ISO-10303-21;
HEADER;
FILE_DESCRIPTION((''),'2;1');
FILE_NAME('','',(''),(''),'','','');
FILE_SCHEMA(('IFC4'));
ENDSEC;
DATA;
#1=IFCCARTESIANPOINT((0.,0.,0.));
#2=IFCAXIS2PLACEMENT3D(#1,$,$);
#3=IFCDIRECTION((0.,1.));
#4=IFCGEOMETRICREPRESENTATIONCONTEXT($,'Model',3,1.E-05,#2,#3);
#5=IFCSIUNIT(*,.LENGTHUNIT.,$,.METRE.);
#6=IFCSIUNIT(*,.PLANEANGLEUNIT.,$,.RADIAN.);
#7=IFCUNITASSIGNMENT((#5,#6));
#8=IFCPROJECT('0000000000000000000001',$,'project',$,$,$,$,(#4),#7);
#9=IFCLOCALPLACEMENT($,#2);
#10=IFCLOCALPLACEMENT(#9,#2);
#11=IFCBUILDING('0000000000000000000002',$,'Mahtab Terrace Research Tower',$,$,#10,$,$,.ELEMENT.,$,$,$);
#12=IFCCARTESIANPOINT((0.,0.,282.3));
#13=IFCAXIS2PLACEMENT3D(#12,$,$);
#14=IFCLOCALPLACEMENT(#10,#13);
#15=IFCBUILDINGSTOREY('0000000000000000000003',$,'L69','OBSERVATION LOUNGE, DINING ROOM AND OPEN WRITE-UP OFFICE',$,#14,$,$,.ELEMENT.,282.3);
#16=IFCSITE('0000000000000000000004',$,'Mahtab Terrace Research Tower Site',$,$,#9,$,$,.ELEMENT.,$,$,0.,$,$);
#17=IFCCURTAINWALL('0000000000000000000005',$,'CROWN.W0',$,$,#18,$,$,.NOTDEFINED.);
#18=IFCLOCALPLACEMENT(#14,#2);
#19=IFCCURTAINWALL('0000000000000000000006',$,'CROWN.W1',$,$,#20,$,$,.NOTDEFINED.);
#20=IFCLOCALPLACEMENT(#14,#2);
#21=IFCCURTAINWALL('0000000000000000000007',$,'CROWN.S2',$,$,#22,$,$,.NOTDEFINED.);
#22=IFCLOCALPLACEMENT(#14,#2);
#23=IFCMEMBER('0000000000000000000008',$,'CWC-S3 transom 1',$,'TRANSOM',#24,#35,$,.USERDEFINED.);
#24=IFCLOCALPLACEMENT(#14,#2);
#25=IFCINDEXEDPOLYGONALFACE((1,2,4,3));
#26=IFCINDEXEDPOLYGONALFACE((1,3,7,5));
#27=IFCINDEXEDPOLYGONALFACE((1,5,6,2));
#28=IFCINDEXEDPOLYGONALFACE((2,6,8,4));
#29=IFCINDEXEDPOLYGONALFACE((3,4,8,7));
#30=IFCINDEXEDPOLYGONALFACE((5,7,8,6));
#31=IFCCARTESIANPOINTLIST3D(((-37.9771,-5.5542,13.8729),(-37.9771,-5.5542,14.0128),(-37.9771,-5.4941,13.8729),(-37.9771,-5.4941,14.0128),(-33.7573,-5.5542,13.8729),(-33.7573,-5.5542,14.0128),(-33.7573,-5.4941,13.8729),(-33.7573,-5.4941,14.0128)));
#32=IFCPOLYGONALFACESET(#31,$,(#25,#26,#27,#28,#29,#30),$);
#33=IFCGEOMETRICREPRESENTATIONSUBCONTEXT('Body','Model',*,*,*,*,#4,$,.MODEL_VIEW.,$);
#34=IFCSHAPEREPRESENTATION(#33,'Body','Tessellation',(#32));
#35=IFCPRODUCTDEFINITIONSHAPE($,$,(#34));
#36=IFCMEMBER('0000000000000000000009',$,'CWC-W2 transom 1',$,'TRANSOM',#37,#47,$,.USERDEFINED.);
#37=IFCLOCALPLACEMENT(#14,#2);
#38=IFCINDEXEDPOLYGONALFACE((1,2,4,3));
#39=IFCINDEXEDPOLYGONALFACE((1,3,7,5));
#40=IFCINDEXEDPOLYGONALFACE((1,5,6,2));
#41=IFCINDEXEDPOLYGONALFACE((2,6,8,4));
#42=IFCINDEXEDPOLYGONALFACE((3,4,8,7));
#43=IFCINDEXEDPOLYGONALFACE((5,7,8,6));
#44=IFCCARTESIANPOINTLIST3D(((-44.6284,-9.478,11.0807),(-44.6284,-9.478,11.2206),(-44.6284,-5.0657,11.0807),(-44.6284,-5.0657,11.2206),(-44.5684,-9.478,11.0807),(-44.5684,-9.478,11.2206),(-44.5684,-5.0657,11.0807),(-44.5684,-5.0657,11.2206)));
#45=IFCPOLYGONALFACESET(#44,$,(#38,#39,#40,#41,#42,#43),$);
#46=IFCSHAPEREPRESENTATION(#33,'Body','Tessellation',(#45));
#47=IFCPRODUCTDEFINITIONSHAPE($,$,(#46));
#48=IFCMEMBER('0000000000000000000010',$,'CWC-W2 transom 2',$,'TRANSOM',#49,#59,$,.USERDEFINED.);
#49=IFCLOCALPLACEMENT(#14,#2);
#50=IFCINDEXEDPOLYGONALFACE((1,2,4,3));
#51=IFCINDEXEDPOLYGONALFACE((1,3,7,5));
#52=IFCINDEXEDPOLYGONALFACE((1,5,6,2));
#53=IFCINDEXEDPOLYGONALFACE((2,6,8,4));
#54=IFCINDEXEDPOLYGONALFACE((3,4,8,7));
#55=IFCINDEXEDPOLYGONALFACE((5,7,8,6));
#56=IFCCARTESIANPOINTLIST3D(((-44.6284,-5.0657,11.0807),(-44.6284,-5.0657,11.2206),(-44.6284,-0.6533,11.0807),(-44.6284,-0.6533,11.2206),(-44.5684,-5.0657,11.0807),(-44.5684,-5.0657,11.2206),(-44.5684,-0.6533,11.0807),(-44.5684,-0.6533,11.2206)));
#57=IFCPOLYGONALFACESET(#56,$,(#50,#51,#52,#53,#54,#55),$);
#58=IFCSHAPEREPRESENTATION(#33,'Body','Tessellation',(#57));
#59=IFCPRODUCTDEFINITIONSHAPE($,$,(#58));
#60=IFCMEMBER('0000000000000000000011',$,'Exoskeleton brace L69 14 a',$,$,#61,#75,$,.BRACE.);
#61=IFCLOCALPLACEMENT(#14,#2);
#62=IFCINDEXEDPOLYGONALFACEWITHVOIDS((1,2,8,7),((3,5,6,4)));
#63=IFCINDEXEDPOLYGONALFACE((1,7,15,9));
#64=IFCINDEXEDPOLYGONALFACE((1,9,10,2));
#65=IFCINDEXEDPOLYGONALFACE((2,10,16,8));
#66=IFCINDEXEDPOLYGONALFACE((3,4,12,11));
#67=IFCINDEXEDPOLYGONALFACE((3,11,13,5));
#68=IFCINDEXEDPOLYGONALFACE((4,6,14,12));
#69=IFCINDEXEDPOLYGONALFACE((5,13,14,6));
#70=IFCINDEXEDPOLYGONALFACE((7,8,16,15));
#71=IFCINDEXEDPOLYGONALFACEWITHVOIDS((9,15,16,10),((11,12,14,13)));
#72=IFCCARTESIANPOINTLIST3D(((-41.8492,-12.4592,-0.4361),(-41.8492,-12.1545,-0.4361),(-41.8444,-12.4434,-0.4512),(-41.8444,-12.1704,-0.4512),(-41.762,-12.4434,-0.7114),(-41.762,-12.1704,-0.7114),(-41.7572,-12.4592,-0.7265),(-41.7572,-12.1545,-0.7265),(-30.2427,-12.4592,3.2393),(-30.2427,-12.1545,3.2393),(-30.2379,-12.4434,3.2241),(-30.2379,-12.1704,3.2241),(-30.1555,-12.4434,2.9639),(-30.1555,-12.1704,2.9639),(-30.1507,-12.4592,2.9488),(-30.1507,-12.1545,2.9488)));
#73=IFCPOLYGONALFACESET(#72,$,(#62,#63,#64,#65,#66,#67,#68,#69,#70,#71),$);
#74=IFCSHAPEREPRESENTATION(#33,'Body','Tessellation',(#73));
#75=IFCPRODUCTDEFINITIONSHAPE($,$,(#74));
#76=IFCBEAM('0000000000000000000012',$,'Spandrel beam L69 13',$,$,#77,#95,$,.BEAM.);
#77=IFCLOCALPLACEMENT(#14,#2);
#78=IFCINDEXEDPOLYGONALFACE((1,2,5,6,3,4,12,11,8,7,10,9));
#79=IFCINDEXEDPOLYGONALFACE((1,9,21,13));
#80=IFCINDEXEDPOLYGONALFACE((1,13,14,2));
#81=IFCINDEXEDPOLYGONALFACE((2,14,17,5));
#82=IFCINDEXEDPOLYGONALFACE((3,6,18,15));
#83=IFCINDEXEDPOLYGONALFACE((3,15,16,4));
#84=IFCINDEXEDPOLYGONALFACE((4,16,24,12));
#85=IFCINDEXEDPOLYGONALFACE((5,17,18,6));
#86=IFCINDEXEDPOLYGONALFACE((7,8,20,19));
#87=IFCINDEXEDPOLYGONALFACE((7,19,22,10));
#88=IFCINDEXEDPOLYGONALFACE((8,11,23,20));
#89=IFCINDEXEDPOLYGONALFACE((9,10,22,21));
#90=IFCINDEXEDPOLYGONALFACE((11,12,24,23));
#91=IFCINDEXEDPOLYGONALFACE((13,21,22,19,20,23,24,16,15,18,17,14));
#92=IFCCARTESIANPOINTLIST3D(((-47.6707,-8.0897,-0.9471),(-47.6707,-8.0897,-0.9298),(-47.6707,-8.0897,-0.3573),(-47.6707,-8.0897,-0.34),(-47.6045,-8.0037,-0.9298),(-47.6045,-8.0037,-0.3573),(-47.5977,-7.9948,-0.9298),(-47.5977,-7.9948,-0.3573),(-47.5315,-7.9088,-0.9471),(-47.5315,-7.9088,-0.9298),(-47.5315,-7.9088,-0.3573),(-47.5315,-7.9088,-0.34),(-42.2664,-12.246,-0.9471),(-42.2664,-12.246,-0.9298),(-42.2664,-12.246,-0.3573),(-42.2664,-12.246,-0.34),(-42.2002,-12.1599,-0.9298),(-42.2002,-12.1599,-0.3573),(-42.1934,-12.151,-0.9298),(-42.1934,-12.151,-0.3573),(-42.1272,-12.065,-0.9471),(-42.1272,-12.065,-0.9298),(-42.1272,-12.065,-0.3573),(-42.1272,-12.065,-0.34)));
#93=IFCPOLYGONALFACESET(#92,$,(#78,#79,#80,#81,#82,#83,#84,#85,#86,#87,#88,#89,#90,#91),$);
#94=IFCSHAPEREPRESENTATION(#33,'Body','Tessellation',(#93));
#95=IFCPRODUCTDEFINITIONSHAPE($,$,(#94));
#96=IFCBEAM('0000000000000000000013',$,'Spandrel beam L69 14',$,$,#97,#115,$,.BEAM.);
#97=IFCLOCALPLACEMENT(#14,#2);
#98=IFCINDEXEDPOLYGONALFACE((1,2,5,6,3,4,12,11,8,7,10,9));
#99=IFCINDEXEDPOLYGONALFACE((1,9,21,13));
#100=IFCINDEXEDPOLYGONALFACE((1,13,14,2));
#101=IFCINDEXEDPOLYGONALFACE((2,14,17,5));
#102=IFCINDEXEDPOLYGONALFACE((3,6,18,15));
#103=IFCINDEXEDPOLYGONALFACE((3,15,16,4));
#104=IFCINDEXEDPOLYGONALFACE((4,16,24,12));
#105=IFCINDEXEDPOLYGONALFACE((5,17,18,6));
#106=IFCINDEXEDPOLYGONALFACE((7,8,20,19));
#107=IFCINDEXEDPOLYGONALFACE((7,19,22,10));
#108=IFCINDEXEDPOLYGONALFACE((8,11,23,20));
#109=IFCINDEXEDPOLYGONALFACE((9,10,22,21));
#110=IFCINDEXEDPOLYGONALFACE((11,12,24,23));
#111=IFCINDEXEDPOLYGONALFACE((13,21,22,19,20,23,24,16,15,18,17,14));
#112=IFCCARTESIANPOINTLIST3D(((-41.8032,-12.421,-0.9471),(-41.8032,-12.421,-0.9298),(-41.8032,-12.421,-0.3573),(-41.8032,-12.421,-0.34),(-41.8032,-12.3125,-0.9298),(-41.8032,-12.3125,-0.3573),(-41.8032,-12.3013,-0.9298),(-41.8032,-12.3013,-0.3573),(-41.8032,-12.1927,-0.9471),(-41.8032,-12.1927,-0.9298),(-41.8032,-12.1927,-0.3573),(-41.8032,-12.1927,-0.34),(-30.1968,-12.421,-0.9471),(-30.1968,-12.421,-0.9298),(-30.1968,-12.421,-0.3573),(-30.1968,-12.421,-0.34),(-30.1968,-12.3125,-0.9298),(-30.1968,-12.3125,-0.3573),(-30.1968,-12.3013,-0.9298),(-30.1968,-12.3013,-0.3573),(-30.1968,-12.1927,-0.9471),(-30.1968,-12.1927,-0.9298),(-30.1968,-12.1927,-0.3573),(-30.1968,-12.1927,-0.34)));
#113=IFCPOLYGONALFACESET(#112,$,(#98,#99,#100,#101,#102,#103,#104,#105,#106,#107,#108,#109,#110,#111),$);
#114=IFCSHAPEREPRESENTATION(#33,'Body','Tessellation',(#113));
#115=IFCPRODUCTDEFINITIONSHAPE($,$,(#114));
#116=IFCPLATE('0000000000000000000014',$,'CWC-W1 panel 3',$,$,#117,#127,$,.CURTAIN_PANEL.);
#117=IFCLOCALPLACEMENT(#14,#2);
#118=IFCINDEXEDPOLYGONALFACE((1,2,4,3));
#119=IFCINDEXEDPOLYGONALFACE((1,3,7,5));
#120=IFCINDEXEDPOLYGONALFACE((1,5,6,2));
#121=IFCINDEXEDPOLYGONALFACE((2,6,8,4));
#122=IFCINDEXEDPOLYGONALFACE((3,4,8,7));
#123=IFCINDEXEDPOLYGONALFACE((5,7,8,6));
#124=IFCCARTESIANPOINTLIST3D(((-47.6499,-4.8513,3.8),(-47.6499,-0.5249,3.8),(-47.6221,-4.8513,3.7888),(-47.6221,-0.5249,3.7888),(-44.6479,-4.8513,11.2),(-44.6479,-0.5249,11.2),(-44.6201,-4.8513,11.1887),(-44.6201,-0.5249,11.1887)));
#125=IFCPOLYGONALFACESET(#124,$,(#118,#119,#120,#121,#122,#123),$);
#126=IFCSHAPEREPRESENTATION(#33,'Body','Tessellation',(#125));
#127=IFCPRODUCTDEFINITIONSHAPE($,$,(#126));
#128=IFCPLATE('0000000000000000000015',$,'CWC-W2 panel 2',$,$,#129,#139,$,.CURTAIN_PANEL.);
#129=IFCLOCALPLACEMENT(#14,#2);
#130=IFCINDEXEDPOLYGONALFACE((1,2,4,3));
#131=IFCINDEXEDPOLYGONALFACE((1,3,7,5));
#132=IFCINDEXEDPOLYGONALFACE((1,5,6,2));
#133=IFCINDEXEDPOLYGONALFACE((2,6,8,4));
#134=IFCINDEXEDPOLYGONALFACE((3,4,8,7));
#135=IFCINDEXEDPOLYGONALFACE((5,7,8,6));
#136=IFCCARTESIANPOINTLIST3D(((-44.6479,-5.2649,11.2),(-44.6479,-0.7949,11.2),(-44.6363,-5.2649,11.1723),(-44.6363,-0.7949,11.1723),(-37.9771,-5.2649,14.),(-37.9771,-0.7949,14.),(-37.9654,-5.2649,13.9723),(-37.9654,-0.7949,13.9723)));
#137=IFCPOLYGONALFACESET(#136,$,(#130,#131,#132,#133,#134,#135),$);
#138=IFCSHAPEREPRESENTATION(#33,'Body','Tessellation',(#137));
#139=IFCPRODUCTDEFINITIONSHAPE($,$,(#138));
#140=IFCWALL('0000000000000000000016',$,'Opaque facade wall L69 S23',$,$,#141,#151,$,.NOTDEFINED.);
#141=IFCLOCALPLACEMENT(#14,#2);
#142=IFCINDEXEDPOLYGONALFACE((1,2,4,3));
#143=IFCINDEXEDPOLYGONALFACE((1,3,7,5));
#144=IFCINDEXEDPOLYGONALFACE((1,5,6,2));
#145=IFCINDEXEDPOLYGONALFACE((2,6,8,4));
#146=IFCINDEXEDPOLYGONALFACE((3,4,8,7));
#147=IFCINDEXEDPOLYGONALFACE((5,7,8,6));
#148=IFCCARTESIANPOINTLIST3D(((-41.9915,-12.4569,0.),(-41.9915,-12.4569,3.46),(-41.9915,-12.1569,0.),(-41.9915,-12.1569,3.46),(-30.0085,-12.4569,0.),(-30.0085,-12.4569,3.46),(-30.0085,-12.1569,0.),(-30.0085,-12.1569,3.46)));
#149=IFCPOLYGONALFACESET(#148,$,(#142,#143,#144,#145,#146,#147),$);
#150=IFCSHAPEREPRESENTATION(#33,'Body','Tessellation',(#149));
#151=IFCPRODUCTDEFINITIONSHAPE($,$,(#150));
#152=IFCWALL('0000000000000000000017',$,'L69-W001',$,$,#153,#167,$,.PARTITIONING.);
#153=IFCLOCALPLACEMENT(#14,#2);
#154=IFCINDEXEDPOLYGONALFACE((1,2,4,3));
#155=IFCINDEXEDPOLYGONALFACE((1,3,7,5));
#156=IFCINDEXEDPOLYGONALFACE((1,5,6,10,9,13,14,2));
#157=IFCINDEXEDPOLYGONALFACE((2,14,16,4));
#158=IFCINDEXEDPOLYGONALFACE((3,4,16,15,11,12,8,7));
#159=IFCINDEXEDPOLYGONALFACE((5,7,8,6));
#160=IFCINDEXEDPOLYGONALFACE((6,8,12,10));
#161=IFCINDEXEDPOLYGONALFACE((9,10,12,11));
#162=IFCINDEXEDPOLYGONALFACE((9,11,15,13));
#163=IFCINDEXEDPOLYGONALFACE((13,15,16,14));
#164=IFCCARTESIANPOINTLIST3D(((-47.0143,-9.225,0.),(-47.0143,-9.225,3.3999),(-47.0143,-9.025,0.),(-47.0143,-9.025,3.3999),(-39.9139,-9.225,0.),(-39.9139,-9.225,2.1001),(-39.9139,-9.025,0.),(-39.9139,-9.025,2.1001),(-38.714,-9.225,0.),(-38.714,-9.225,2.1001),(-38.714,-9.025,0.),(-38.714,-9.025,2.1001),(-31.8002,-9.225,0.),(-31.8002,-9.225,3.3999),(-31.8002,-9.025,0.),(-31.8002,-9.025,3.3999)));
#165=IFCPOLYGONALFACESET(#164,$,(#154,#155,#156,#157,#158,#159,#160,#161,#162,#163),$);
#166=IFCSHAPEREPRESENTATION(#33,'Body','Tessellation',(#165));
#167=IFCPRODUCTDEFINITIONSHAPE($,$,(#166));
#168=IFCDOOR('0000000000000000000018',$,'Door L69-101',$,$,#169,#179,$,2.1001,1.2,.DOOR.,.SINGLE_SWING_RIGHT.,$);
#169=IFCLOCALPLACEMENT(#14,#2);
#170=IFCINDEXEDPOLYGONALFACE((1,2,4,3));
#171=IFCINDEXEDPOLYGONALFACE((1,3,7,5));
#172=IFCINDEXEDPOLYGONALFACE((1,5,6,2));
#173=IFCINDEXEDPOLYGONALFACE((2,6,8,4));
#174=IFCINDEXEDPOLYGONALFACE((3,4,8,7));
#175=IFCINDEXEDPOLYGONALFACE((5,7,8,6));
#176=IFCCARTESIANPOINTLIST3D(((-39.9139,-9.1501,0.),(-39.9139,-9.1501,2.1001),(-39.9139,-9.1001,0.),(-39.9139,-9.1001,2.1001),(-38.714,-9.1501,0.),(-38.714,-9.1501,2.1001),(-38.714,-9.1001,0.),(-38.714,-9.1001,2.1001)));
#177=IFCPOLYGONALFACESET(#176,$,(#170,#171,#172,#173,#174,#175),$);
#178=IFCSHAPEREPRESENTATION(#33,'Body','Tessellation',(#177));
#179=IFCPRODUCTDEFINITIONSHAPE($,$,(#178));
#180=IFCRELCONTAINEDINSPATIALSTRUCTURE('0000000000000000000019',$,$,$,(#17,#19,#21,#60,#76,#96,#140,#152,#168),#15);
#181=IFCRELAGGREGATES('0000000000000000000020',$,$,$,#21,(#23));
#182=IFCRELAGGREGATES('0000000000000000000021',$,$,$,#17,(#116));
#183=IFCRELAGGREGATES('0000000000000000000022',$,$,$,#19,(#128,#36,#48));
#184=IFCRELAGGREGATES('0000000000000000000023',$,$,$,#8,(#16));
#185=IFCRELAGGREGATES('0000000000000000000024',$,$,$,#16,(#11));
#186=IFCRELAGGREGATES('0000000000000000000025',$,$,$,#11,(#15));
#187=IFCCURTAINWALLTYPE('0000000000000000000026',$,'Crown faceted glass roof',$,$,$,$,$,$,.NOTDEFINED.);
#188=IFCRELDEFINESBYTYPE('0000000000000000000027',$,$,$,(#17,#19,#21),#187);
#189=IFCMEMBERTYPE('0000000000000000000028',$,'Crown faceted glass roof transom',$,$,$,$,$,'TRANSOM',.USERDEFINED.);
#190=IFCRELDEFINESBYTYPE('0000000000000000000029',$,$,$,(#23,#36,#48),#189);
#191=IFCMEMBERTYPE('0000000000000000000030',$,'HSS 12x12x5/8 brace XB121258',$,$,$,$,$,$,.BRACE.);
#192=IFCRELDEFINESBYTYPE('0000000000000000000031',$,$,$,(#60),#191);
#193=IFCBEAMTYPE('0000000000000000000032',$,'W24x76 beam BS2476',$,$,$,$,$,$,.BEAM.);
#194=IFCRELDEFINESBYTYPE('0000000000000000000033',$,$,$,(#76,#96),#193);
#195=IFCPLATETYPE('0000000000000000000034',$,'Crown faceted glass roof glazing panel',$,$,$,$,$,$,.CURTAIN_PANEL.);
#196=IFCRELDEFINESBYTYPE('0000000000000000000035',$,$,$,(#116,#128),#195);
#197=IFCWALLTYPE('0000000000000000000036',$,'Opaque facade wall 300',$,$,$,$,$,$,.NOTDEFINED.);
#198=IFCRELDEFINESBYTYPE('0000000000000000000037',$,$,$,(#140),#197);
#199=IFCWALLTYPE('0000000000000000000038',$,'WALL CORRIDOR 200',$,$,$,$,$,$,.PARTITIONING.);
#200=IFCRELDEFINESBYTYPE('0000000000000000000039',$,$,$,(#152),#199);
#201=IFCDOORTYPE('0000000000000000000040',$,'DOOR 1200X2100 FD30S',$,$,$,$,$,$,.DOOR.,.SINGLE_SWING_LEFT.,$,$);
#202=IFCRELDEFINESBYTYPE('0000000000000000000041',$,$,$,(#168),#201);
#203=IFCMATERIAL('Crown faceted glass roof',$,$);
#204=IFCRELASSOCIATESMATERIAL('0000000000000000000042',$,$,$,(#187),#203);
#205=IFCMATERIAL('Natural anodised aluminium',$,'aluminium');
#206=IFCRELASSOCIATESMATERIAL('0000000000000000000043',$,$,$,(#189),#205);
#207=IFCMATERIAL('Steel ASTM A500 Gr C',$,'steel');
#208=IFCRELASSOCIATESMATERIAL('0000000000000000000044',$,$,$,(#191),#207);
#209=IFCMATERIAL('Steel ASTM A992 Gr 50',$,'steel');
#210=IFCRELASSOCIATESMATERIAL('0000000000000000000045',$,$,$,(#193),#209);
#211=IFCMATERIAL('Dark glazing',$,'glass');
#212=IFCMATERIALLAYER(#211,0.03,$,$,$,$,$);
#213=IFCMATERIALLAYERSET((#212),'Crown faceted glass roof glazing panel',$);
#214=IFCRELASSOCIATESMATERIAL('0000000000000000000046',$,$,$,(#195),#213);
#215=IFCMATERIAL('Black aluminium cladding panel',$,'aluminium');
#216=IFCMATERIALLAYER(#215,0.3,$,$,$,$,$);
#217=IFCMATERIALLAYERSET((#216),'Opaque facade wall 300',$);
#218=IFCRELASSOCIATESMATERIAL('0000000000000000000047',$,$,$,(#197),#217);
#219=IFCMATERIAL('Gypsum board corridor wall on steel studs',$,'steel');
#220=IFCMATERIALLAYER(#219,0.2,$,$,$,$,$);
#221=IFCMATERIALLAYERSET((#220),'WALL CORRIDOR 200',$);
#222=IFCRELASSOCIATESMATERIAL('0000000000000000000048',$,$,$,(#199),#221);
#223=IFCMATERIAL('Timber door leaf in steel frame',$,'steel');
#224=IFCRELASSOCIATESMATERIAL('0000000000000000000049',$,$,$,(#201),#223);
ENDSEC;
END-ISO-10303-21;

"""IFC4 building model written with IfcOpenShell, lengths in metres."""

from ifc_helpers import new_model, si_unit, direction, frame, frame_2d, origin, origin_2d, place, context, subcontext, project, spatial, polyline, rectangle, hollow_rectangle, i_section, outline, extrude, material, layer, layer_set, material_profile, profile_set, type_object, element, fill, aggregate, save


model = new_model("IFC4")

# Units and contexts
model_context = context("Model", 3, precision=1e-05, world=origin(), true_north=direction((0.0, 1.0)))
body_context = subcontext(model_context, "Body", "Model", "MODEL_VIEW")
ifc_project = project(units=[si_unit("LENGTHUNIT", "METRE"), si_unit("PLANEANGLEUNIT", "RADIAN")], contexts=[model_context])

# Site, building, storey
site_placement = place(None, origin())
site = spatial("IfcSite", under=ifc_project, at=site_placement, Name="Mahtab Terrace Research Tower Site", CompositionType="ELEMENT", RefElevation=0.0)
building_placement = place(site_placement, origin())
building = spatial("IfcBuilding", under=site, at=building_placement, Name="Mahtab Terrace Research Tower", CompositionType="ELEMENT")
storey_placement = place(building_placement, frame((0.0, 0.0, 282.3)))
storey = spatial("IfcBuildingStorey", under=building, at=storey_placement, Name="L69", Description="OBSERVATION LOUNGE, DINING ROOM AND OPEN WRITE-UP OFFICE", CompositionType="ELEMENT", Elevation=282.3)

# Shared definitions
ifc_material_1 = material(Name="Steel ASTM A992 Gr 50", Category="steel")

# Curtain wall
ifc_material_2 = material(Name="Crown faceted glass roof")
curtain_wall_type = type_object("IfcCurtainWallType", Name="Crown faceted glass roof", PredefinedType="NOTDEFINED", material=ifc_material_2)
ifc_material_3 = material(Name="Natural anodised aluminium", Category="aluminium")
curtain_wall_1_placement = place(storey_placement, origin())
curtain_wall_1 = element("IfcCurtainWall", 1, at=curtain_wall_1_placement, inside=storey, type_object=curtain_wall_type, Name="CROWN.W0", PredefinedType="NOTDEFINED")

# Curtain wall
curtain_wall_2_placement = place(storey_placement, origin())
curtain_wall_2 = element("IfcCurtainWall", 2, at=curtain_wall_2_placement, inside=storey, type_object=curtain_wall_type, Name="CROWN.W1", PredefinedType="NOTDEFINED")

# Curtain wall
curtain_wall_3_placement = place(storey_placement, origin())
curtain_wall_3 = element("IfcCurtainWall", 3, at=curtain_wall_3_placement, inside=storey, type_object=curtain_wall_type, Name="CROWN.S2", PredefinedType="NOTDEFINED")

# Members
ifc_material_profile_1 = material_profile(ifc_material_3, rectangle(XDim=0.0601, YDim=0.1399, at=origin_2d()), Name="TRANSOM 60x140")
ifc_profile_set_1 = profile_set([ifc_material_profile_1], Name="Natural anodised aluminium")
member_type_1 = type_object("IfcMemberType", Name="Crown faceted glass roof transom", ElementType="TRANSOM", PredefinedType="USERDEFINED", material=ifc_profile_set_1)
member_1_placement = place(storey_placement, frame((-37.9771, -5.5242, 13.9429), z_axis=(1.0, 0.0, 0.0), x_axis=(0.0, 1.0, 0.0)))
member_1 = element("IfcMember", 4, at=member_1_placement, type_object=member_type_1, Name="CWC-S3 transom 1", ObjectType="TRANSOM", PredefinedType="USERDEFINED", context=body_context, shape_type="SweptSolid", body=[
    extrude(rectangle(XDim=0.0601, YDim=0.1399, at=origin_2d()), origin(), (0.0, 0.0, 1.0), 4.2197),
])
aggregate(curtain_wall_3, [member_1])
member_2_placement = place(storey_placement, frame((-44.5984, -9.478, 11.1506), z_axis=(0.0, 1.0, 0.0), x_axis=(-1.0, 0.0, 0.0)))
member_2 = element("IfcMember", 5, at=member_2_placement, type_object=member_type_1, Name="CWC-W2 transom 1", ObjectType="TRANSOM", PredefinedType="USERDEFINED", context=body_context, shape_type="SweptSolid", body=[
    extrude(rectangle(XDim=0.0601, YDim=0.1399, at=origin_2d()), origin(), (0.0, 0.0, 1.0), 4.4124),
])
member_3_placement = place(storey_placement, frame((-44.5984, -5.0657, 11.1506), z_axis=(0.0, 1.0, 0.0), x_axis=(-1.0, 0.0, 0.0)))
member_3 = element("IfcMember", 6, at=member_3_placement, type_object=member_type_1, Name="CWC-W2 transom 2", ObjectType="TRANSOM", PredefinedType="USERDEFINED", context=body_context, shape_type="SweptSolid", body=[
    extrude(rectangle(XDim=0.0601, YDim=0.1399, at=origin_2d()), origin(), (0.0, 0.0, 1.0), 4.4124),
])
ifc_material_4 = material(Name="Steel ASTM A500 Gr C", Category="steel")
ifc_material_profile_2 = material_profile(ifc_material_4, hollow_rectangle(XDim=0.3047, YDim=0.3047, WallThickness=0.0159, at=origin_2d()), Name="HSS12X12X5/8")
ifc_profile_set_2 = profile_set([ifc_material_profile_2], Name="Steel ASTM A500 Gr C")
member_type_2 = type_object("IfcMemberType", Name="HSS 12x12x5/8 brace XB121258", PredefinedType="BRACE", material=ifc_profile_set_2)
member_4_placement = place(storey_placement, frame((-41.8032, -12.3069, -0.5813), z_axis=(0.953344, 0.0, 0.301886), x_axis=(0.0, 1.0, 0.0)))
element("IfcMember", 7, at=member_4_placement, inside=storey, type_object=member_type_2, Name="Exoskeleton brace L69 14 a", PredefinedType="BRACE", context=body_context, shape_type="SweptSolid", body=[
    extrude(hollow_rectangle(XDim=0.3047, YDim=0.3047, WallThickness=0.0159, at=origin_2d()), origin(), (0.0, 0.0, 1.0), 12.1746),
])

# Beams
ifc_material_profile_3 = material_profile(ifc_material_1, i_section(OverallWidth=0.2283, OverallDepth=0.6072, WebThickness=0.0112, FlangeThickness=0.0173, at=origin_2d()), Name="W24X76")
ifc_profile_set_3 = profile_set([ifc_material_profile_3], Name="Steel ASTM A992 Gr 50")
beam_type = type_object("IfcBeamType", Name="W24x76 beam BS2476", PredefinedType="BEAM", material=ifc_profile_set_3)
beam_1_placement = place(storey_placement, frame((-47.6011, -7.9993, -0.6436), z_axis=(0.792688, -0.609628, 0.0), x_axis=(0.609628, 0.792688, 0.0)))
element("IfcBeam", 8, at=beam_1_placement, inside=storey, type_object=beam_type, Name="Spandrel beam L69 13", PredefinedType="BEAM", context=body_context, shape_type="SweptSolid", body=[
    extrude(i_section(OverallWidth=0.2283, OverallDepth=0.6072, WebThickness=0.0112, FlangeThickness=0.0173, at=origin_2d()), origin(), (0.0, 0.0, 1.0), 6.8176),
])
beam_2_placement = place(storey_placement, frame((-41.8032, -12.3069, -0.6436), z_axis=(1.0, 0.0, 0.0), x_axis=(0.0, 1.0, 0.0)))
element("IfcBeam", 9, at=beam_2_placement, inside=storey, type_object=beam_type, Name="Spandrel beam L69 14", PredefinedType="BEAM", context=body_context, shape_type="SweptSolid", body=[
    extrude(i_section(OverallWidth=0.2283, OverallDepth=0.6072, WebThickness=0.0112, FlangeThickness=0.0173, at=origin_2d()), origin(), (0.0, 0.0, 1.0), 11.6064),
])

# Plates
ifc_material_5 = material(Name="Dark glazing", Category="glass")
ifc_layer_1 = layer(ifc_material_5, 0.03)
ifc_layer_set_1 = layer_set([ifc_layer_1], Name="Crown faceted glass roof glazing panel")
plate_type = type_object("IfcPlateType", Name="Crown faceted glass roof glazing panel", PredefinedType="CURTAIN_PANEL", material=ifc_layer_set_1)
plate_1_placement = place(storey_placement, frame((-44.6479, -4.8513, 11.2), z_axis=(-0.926652, 0.0, 0.375919), x_axis=(0.0, 1.0, 0.0)))
plate_1 = element("IfcPlate", 10, at=plate_1_placement, type_object=plate_type, Name="CWC-W1 panel 3", PredefinedType="CURTAIN_PANEL", context=body_context, shape_type="SweptSolid", body=[
    extrude(outline(polyline([(0.0, 0.0), (4.3264, 0.0), (4.3264, 7.9856), (0.0, 7.9856), (0.0, 0.0)])), origin(), (0.0, 0.0, -1.0), 0.03),
])
aggregate(curtain_wall_1, [plate_1])
plate_2_placement = place(storey_placement, frame((-37.9771, -5.2649, 14.0), z_axis=(-0.387029, 0.0, 0.922067), x_axis=(0.0, 1.0, 0.0)))
plate_2 = element("IfcPlate", 11, at=plate_2_placement, type_object=plate_type, Name="CWC-W2 panel 2", PredefinedType="CURTAIN_PANEL", context=body_context, shape_type="SweptSolid", body=[
    extrude(outline(polyline([(0.0, 0.0), (4.47, 0.0), (4.47, 7.2347), (0.0, 7.2347), (0.0, 0.0)])), origin(), (0.0, 0.0, -1.0), 0.03),
])
aggregate(curtain_wall_2, [plate_2, member_2, member_3])

# Wall
ifc_material_6 = material(Name="Black aluminium cladding panel", Category="aluminium")
ifc_layer_2 = layer(ifc_material_6, 0.3)
ifc_layer_set_2 = layer_set([ifc_layer_2], Name="Opaque facade wall 300")
wall_type_1 = type_object("IfcWallType", Name="Opaque facade wall 300", PredefinedType="NOTDEFINED", material=ifc_layer_set_2)
wall_1_placement = place(storey_placement, frame((-41.9915, -12.3069, 0.0), z_axis=(0.0, 0.0, 1.0), x_axis=(1.0, 0.0, 0.0)))
element("IfcWall", 12, at=wall_1_placement, inside=storey, type_object=wall_type_1, Name="Opaque facade wall L69 S23", PredefinedType="NOTDEFINED", context=body_context, shape_type="SweptSolid", body=[
    extrude(rectangle(XDim=11.9829, YDim=0.3, at=frame_2d((5.9915, 0.0))), origin(), (0.0, 0.0, 1.0), 3.46),
])

# Wall, opening, door
ifc_material_7 = material(Name="Gypsum board corridor wall on steel studs", Category="steel")
ifc_layer_3 = layer(ifc_material_7, 0.2)
ifc_layer_set_3 = layer_set([ifc_layer_3], Name="WALL CORRIDOR 200")
wall_type_2 = type_object("IfcWallType", Name="WALL CORRIDOR 200", PredefinedType="PARTITIONING", material=ifc_layer_set_3)
wall_2_placement = place(storey_placement, frame((-47.0142, -9.125, 0.0), z_axis=(0.0, 0.0, 1.0), x_axis=(1.0, 0.0, 0.0)))
wall_2 = element("IfcWall", 13, at=wall_2_placement, inside=storey, type_object=wall_type_2, Name="L69-W001", PredefinedType="PARTITIONING", context=body_context, shape_type="SweptSolid", body=[
    extrude(rectangle(XDim=15.2141, YDim=0.2, at=frame_2d((7.6069, 0.0))), origin(), (0.0, 0.0, 1.0), 3.3999),
])
opening_placement = place(wall_2_placement, frame((7.1001, 0.0, 0.0)))
opening = element("IfcOpeningElement", 14, at=opening_placement, cuts=wall_2, PredefinedType="OPENING", context=body_context, shape_type="SweptSolid", body=[
    extrude(rectangle(XDim=1.2, YDim=2.1001, at=frame_2d((0.6001, 1.05))), frame((0.0, 0.1099, 0.0), z_axis=(0.0, -1.0, 0.0), x_axis=(1.0, 0.0, 0.0)), (0.0, 0.0, 1.0), 0.22),
])
ifc_material_8 = material(Name="Timber door leaf in steel frame", Category="steel")
door_type = type_object("IfcDoorType", Name="DOOR 1200X2100 FD30S", OperationType="SINGLE_SWING_LEFT", PredefinedType="DOOR", material=ifc_material_8)
door_placement = place(opening_placement, origin())
door = element("IfcDoor", 15, at=door_placement, inside=storey, type_object=door_type, Name="Door L69-101", OperationType="SINGLE_SWING_RIGHT", OverallHeight=2.1001, OverallWidth=1.2, PredefinedType="DOOR", context=body_context, shape_type="SweptSolid", body=[
    extrude(rectangle(XDim=1.2, YDim=2.1001, at=frame_2d((0.6001, 1.05))), frame((0.0, 0.0249, 0.0), z_axis=(0.0, -1.0, 0.0), x_axis=(1.0, 0.0, 0.0)), (0.0, 0.0, 1.0), 0.05),
])
fill(opening, door)

save(model, "model.ifc")
